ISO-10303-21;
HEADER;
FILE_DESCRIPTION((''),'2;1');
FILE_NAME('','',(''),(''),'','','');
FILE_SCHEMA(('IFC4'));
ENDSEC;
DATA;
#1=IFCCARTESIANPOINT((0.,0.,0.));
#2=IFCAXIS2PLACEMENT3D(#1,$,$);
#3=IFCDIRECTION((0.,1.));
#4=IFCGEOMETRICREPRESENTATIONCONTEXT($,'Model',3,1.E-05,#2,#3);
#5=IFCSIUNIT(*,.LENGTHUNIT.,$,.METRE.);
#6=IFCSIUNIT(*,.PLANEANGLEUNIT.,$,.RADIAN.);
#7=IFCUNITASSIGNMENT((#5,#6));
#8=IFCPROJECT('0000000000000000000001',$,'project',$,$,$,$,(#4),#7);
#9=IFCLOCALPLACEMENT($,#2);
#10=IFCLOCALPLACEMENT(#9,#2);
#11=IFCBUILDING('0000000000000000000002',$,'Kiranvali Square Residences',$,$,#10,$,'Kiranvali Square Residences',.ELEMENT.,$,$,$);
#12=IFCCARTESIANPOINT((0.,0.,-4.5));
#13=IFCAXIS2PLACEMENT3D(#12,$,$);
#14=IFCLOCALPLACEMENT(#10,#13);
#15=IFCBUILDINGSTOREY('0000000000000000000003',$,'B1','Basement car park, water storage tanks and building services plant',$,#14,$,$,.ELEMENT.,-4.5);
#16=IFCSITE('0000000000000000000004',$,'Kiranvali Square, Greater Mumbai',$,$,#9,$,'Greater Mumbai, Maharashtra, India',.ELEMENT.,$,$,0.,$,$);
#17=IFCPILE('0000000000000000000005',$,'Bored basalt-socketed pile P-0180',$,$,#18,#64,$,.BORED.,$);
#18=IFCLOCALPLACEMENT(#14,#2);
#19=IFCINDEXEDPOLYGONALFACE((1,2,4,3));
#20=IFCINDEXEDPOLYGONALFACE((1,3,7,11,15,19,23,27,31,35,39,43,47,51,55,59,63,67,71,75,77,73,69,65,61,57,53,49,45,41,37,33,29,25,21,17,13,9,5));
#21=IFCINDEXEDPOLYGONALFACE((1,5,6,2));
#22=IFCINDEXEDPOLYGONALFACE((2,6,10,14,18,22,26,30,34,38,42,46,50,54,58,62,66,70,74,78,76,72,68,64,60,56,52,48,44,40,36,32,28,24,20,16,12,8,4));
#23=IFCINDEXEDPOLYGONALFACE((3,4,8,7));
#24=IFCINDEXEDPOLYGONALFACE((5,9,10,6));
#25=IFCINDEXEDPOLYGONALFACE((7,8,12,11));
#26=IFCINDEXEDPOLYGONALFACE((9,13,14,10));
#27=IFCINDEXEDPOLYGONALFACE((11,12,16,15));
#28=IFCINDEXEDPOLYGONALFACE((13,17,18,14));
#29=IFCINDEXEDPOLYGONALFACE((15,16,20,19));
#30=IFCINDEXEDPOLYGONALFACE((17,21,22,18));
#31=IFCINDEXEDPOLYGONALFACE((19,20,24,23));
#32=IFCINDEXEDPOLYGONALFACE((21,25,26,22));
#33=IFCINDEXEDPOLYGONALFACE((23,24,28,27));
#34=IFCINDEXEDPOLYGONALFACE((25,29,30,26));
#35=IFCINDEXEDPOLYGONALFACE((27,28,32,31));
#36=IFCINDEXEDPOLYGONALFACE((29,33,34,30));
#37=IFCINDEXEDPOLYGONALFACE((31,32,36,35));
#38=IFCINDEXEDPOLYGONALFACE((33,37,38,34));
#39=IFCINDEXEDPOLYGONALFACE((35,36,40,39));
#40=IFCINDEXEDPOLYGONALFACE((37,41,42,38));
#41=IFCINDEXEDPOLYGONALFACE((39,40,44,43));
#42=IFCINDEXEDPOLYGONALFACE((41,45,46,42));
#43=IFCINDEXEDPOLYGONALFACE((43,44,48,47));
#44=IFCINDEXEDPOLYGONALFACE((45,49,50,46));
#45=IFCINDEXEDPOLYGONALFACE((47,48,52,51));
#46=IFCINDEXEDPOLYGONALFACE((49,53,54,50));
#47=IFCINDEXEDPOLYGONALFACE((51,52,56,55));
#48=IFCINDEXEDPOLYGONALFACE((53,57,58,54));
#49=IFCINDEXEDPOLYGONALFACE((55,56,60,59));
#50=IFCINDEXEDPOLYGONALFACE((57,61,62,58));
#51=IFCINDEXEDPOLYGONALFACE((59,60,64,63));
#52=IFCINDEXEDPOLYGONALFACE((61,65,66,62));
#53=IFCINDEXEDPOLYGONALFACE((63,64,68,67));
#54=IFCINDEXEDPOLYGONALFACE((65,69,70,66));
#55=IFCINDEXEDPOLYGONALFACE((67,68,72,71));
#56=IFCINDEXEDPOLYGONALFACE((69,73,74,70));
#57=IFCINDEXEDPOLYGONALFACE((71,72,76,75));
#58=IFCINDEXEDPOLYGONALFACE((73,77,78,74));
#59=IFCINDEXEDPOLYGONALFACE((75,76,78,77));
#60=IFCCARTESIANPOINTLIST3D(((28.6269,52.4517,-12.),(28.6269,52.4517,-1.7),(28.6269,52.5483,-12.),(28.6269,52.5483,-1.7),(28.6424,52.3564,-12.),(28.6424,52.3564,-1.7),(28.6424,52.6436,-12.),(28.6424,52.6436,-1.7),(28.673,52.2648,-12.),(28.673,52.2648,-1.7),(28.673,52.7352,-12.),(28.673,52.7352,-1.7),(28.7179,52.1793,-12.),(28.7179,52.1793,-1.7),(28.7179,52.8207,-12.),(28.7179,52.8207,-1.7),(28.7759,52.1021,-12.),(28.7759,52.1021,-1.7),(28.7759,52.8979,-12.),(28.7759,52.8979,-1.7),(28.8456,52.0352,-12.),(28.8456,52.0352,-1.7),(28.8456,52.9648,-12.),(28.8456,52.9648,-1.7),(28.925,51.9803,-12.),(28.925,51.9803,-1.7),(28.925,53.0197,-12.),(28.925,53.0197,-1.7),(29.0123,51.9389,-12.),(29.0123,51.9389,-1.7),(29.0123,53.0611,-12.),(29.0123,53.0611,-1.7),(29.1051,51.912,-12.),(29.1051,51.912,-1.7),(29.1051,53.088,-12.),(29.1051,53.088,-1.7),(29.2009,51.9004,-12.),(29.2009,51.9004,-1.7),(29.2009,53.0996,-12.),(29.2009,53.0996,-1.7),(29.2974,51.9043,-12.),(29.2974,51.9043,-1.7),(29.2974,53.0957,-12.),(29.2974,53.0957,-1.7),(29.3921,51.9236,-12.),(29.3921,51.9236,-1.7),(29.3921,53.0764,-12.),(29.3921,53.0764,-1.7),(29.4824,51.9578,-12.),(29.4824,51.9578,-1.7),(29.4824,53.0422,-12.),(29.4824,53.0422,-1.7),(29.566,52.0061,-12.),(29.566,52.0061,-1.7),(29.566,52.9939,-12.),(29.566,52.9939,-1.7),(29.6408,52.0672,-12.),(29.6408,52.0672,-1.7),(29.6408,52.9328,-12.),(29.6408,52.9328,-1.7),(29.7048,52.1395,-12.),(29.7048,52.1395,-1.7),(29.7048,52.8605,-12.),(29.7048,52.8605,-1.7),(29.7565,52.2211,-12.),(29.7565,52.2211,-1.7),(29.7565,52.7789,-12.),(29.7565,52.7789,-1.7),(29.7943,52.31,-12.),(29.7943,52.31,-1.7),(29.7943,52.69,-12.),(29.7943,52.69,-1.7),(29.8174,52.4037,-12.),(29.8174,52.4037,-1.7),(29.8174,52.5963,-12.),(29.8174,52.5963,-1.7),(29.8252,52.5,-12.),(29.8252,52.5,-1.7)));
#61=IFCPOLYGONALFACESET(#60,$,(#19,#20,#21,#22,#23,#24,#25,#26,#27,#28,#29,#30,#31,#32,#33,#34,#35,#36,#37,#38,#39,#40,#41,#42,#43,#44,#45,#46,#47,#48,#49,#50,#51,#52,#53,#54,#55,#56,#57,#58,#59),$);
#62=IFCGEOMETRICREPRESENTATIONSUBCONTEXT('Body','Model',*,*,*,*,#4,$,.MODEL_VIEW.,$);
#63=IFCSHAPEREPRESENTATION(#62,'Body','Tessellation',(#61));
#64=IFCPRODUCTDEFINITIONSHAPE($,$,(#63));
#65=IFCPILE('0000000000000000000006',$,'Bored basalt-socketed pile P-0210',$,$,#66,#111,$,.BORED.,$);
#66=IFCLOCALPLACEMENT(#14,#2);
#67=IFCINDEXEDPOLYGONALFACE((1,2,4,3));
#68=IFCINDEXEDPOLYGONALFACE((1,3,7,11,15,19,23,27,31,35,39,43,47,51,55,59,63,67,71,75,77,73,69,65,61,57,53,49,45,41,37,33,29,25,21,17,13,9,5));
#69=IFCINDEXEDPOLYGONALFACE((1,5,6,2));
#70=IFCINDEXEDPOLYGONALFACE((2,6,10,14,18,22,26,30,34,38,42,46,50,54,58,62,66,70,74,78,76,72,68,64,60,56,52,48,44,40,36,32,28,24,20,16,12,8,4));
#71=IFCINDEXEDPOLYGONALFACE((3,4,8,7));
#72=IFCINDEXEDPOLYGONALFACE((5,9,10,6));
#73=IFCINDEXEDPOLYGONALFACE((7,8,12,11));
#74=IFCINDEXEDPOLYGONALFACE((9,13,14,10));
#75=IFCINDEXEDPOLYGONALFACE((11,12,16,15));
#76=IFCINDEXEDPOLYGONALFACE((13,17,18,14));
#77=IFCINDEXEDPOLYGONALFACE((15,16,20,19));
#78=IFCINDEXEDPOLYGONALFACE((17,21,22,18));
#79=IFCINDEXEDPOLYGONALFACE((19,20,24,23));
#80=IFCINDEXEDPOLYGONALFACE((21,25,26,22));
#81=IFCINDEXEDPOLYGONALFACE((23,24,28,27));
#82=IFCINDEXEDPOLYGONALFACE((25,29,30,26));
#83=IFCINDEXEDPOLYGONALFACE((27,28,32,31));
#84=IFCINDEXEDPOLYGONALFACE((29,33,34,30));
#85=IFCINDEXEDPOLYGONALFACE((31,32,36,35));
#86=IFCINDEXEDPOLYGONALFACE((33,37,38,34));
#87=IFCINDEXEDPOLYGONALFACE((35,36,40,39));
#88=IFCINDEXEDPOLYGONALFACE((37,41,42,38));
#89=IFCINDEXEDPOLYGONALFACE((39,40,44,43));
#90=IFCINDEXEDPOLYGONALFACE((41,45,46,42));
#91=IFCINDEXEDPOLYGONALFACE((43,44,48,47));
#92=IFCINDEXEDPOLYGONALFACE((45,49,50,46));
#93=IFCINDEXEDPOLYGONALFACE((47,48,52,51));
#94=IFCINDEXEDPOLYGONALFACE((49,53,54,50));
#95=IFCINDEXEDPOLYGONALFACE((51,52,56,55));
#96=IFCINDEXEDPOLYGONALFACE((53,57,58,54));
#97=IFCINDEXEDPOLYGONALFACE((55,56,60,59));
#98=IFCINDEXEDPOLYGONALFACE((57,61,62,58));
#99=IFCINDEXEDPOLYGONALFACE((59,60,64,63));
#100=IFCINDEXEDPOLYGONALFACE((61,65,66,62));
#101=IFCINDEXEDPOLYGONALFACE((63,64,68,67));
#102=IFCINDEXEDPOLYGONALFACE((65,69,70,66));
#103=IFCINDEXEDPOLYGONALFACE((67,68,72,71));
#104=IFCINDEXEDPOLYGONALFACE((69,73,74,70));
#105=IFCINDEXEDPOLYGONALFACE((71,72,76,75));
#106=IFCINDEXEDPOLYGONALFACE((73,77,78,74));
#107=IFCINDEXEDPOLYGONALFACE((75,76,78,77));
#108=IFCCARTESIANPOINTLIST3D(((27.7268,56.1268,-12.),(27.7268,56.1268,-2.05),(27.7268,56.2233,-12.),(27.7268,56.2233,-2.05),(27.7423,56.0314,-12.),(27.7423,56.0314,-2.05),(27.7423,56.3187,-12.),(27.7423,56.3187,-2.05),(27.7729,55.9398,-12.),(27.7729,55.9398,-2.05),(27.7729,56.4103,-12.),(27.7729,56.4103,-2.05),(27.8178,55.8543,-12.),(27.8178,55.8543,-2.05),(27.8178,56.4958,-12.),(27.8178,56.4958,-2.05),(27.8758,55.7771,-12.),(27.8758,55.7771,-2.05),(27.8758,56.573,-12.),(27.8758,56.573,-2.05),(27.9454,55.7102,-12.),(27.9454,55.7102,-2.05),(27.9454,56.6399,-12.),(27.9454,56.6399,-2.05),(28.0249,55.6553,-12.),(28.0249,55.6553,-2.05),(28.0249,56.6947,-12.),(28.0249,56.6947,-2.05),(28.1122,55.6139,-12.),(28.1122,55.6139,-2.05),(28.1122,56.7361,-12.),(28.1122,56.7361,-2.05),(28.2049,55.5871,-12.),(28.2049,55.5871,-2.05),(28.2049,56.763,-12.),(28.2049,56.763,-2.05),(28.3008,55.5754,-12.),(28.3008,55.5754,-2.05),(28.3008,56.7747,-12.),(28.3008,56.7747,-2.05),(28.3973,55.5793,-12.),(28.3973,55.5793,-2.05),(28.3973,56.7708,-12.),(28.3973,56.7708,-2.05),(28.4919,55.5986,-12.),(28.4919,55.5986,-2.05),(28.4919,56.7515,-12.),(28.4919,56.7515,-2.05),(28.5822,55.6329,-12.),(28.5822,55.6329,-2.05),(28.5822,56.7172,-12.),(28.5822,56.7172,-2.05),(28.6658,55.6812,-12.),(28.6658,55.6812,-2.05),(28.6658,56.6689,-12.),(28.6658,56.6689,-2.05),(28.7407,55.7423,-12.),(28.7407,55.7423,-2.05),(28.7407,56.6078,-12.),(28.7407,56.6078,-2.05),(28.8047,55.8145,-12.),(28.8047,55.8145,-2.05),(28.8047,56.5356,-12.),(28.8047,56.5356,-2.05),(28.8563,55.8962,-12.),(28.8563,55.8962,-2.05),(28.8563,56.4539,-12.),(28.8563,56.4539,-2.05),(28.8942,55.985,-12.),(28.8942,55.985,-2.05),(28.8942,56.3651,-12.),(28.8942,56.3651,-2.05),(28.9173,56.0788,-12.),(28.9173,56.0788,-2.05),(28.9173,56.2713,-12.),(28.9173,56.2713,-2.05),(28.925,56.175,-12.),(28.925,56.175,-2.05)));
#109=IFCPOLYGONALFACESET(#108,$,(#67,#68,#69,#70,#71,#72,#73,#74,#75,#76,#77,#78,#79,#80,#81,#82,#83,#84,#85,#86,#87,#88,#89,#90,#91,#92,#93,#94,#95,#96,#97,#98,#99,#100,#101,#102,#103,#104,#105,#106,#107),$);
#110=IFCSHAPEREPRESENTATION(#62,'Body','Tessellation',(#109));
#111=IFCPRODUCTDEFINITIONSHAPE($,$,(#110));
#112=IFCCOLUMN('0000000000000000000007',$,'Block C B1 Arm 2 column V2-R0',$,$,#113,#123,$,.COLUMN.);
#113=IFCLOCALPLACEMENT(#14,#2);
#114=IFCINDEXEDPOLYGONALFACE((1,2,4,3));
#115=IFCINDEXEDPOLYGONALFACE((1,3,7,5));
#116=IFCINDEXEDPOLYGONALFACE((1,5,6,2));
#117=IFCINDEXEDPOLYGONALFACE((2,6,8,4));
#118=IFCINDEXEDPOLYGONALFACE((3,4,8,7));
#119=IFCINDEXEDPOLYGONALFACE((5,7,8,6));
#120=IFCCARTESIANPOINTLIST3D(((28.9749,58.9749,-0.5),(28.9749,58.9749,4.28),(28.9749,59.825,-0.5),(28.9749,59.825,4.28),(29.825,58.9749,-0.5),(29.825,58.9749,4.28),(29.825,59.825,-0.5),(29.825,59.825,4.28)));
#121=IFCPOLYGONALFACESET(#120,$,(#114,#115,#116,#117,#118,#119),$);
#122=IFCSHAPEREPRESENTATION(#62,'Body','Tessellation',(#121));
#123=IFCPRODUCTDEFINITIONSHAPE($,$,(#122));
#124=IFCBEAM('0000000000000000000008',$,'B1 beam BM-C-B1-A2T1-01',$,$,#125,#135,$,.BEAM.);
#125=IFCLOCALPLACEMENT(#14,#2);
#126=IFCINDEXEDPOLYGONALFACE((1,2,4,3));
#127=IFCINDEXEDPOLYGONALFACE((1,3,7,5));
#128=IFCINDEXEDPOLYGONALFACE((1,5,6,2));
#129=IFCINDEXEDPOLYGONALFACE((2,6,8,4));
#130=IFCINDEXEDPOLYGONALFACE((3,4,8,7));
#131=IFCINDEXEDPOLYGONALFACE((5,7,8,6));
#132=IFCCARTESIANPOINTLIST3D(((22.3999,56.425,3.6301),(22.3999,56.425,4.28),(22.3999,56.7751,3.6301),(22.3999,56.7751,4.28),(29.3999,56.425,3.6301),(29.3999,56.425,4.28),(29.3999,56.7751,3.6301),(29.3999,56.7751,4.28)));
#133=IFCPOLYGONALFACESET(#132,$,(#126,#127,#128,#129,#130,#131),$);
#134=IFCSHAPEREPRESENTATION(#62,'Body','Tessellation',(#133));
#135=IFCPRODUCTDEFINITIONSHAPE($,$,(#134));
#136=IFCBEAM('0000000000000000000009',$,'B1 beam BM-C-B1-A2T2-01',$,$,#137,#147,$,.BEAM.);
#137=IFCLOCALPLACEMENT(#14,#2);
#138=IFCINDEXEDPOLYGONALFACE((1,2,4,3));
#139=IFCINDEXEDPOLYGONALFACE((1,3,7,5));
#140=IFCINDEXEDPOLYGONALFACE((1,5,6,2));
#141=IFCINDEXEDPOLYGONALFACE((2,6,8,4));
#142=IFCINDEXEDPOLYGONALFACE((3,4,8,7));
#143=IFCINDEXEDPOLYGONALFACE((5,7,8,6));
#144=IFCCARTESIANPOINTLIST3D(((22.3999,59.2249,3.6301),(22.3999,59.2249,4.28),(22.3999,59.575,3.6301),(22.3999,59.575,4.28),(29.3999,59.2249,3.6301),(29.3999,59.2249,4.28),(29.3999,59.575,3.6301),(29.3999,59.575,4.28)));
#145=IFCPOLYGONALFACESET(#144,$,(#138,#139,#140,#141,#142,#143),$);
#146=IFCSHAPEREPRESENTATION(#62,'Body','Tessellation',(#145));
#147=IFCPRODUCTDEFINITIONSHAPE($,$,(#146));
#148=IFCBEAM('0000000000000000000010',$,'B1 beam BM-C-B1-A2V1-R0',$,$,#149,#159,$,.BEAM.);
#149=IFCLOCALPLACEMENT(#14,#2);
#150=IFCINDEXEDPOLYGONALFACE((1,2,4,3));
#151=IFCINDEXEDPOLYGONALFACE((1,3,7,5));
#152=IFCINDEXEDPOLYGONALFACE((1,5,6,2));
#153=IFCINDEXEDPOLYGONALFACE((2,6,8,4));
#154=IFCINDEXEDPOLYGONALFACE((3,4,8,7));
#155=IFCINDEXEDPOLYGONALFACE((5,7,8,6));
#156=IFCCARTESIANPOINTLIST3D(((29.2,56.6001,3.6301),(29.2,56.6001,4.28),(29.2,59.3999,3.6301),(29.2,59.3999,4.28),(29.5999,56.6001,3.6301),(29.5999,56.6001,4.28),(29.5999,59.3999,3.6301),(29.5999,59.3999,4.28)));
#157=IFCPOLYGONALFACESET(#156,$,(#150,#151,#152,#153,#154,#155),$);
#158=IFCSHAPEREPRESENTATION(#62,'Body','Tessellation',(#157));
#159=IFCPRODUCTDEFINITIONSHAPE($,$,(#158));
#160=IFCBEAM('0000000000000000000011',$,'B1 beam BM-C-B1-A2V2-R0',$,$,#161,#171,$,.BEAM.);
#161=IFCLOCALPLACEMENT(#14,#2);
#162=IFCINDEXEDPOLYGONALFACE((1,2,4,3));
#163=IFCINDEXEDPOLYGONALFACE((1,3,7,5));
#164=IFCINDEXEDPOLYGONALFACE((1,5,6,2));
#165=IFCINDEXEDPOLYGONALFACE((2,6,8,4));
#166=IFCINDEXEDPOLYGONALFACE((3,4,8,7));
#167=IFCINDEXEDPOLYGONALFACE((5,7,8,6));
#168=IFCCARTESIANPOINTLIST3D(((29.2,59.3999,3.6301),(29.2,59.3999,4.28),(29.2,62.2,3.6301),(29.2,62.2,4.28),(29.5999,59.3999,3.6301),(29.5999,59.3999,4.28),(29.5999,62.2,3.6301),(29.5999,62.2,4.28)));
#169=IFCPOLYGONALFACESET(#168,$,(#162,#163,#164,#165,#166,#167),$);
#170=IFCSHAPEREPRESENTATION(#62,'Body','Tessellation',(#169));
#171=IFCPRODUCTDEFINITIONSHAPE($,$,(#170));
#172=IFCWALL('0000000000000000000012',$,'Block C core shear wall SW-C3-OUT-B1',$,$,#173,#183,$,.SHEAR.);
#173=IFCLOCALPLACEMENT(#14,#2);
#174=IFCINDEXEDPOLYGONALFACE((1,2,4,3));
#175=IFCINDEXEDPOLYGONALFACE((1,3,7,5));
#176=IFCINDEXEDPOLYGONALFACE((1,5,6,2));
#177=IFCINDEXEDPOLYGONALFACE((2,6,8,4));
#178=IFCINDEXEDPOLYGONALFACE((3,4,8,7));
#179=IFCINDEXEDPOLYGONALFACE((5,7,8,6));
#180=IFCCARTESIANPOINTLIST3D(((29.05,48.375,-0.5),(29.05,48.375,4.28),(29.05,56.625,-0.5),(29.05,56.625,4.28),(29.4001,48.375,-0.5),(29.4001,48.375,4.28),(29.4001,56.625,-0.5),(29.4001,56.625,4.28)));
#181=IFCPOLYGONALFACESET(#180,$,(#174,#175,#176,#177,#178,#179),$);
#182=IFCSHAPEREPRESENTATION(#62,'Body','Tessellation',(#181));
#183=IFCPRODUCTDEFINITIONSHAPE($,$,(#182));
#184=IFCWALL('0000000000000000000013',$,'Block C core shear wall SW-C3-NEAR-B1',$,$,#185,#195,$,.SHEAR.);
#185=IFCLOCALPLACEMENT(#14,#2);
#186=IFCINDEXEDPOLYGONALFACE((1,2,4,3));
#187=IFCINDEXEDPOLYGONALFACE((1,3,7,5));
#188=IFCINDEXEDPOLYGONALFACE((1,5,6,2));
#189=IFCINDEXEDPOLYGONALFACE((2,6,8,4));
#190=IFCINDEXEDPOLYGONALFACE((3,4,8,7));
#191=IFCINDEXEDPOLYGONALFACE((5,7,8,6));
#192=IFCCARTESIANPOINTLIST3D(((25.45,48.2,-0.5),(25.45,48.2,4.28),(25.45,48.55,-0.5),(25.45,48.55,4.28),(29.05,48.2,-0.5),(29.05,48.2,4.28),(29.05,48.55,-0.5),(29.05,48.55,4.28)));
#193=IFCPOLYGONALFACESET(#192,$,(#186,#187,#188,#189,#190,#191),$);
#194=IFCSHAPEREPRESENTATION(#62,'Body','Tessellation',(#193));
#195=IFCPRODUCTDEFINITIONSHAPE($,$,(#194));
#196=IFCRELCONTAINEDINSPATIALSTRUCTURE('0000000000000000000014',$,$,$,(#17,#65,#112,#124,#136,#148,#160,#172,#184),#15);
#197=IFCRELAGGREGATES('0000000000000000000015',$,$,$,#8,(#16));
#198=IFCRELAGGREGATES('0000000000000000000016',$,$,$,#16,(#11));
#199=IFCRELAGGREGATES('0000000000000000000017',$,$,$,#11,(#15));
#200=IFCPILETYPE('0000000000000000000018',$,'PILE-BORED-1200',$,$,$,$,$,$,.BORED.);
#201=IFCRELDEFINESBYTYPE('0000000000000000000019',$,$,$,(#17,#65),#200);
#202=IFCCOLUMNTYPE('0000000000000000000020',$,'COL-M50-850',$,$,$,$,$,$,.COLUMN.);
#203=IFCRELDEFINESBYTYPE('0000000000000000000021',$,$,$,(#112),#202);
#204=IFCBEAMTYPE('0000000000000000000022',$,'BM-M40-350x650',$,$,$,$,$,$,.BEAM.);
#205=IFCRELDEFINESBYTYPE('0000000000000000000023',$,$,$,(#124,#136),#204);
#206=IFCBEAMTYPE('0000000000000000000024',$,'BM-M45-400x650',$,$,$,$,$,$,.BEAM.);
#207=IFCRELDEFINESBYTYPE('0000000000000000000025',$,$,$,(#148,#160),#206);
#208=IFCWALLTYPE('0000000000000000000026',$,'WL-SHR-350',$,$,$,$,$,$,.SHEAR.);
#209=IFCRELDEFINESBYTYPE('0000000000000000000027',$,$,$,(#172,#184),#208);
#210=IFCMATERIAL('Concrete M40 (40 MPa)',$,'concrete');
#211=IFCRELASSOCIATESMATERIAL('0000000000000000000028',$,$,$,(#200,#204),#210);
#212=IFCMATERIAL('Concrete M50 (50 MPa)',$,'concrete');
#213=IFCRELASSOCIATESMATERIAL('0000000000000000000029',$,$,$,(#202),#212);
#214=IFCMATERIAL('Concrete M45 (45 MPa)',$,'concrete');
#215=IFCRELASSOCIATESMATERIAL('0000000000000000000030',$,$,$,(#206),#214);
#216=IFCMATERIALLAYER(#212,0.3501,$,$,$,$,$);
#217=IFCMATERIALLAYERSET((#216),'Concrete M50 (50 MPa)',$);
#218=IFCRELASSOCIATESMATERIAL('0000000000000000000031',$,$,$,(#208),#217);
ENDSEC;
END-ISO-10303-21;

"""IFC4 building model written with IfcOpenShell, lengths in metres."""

from ifc_helpers import new_model, si_unit, direction, frame, frame_2d, origin, origin_2d, place, context, subcontext, project, spatial, rectangle, circle, extrude, material, layer, layer_set, material_profile, profile_set, type_object, element, save


model = new_model("IFC4")

# Units and contexts
model_context = context("Model", 3, precision=1e-05, world=origin(), true_north=direction((0.0, 1.0)))
body_context = subcontext(model_context, "Body", "Model", "MODEL_VIEW")
ifc_project = project(units=[si_unit("LENGTHUNIT", "METRE"), si_unit("PLANEANGLEUNIT", "RADIAN")], contexts=[model_context])

# Site, building, storey
site_placement = place(None, origin())
site = spatial("IfcSite", under=ifc_project, at=site_placement, Name="Kiranvali Square, Greater Mumbai", LongName="Greater Mumbai, Maharashtra, India", CompositionType="ELEMENT", RefElevation=0.0)
building_placement = place(site_placement, origin())
building = spatial("IfcBuilding", under=site, at=building_placement, Name="Kiranvali Square Residences", LongName="Kiranvali Square Residences", CompositionType="ELEMENT")
storey_placement = place(building_placement, frame((0.0, 0.0, -4.5)))
storey = spatial("IfcBuildingStorey", under=building, at=storey_placement, Name="B1", Description="Basement car park, water storage tanks and building services plant", CompositionType="ELEMENT", Elevation=-4.5)

# Shared definitions
ifc_material_1 = material(Name="Concrete M40 (40 MPa)", Category="concrete")

# Piles
ifc_material_profile_1 = material_profile(ifc_material_1, circle(Radius=0.6001, at=origin_2d()), Name="BORED PILE 1200")
ifc_profile_set_1 = profile_set([ifc_material_profile_1], Name="Concrete M40 (40 MPa)")
pile_type = type_object("IfcPileType", Name="PILE-BORED-1200", PredefinedType="BORED", material=ifc_profile_set_1)
for number, where, z_axis, x_axis, name in (
    (1, (29.2251, 52.5, -1.7), (0.0, 0.0, -1.0), (1.0, 0.0, 0.0), "Bored basalt-socketed pile P-0180"),
):
    element("IfcPile", number, at=place(storey_placement, frame(where, z_axis=z_axis, x_axis=x_axis)), inside=storey, type_object=pile_type, Name=name, PredefinedType="BORED", context=body_context, shape_type="SweptSolid", body=[
        extrude(circle(Radius=0.6001, at=origin_2d()), origin(), (0.0, 0.0, 1.0), 10.3),
    ])
pile_placement = place(storey_placement, frame((28.325, 56.175, -2.05), z_axis=(0.0, 0.0, -1.0), x_axis=(1.0, 0.0, 0.0)))
element("IfcPile", 2, at=pile_placement, inside=storey, type_object=pile_type, Name="Bored basalt-socketed pile P-0210", PredefinedType="BORED", context=body_context, shape_type="SweptSolid", body=[
    extrude(circle(Radius=0.6001, at=origin_2d()), origin(), (0.0, 0.0, 1.0), 9.95),
])

# Column
ifc_material_2 = material(Name="Concrete M50 (50 MPa)", Category="concrete")
ifc_material_profile_2 = material_profile(ifc_material_2, rectangle(XDim=0.8501, YDim=0.8501, at=origin_2d()), Name="RC 850x850")
ifc_profile_set_2 = profile_set([ifc_material_profile_2], Name="Concrete M50 (50 MPa)")
column_type = type_object("IfcColumnType", Name="COL-M50-850", PredefinedType="COLUMN", material=ifc_profile_set_2)
column_placement = place(storey_placement, frame((29.3999, 59.3999, -0.5), z_axis=(0.0, 0.0, 1.0), x_axis=(1.0, 0.0, 0.0)))
element("IfcColumn", 3, at=column_placement, inside=storey, type_object=column_type, Name="Block C B1 Arm 2 column V2-R0", PredefinedType="COLUMN", context=body_context, shape_type="SweptSolid", body=[
    extrude(rectangle(XDim=0.8501, YDim=0.8501, at=origin_2d()), origin(), (0.0, 0.0, 1.0), 4.78),
])

# Beams
ifc_material_profile_3 = material_profile(ifc_material_1, rectangle(XDim=0.3501, YDim=0.6499, at=origin_2d()), Name="RC 350x650")
ifc_profile_set_3 = profile_set([ifc_material_profile_3], Name="Concrete M40 (40 MPa)")
beam_type_1 = type_object("IfcBeamType", Name="BM-M40-350x650", PredefinedType="BEAM", material=ifc_profile_set_3)
for number, where, z_axis, x_axis, name in (
    (4, (29.3999, 56.6001, 3.9551), (-1.0, 0.0, 0.0), (0.0, -1.0, 0.0), "B1 beam BM-C-B1-A2T1-01"),
    (5, (29.3999, 59.3999, 3.9551), (-1.0, 0.0, 0.0), (0.0, -1.0, 0.0), "B1 beam BM-C-B1-A2T2-01"),
):
    element("IfcBeam", number, at=place(storey_placement, frame(where, z_axis=z_axis, x_axis=x_axis)), inside=storey, type_object=beam_type_1, Name=name, PredefinedType="BEAM", context=body_context, shape_type="SweptSolid", body=[
        extrude(rectangle(XDim=0.3501, YDim=0.6499, at=origin_2d()), origin(), (0.0, 0.0, 1.0), 7.0),
    ])
ifc_material_3 = material(Name="Concrete M45 (45 MPa)", Category="concrete")
ifc_material_profile_4 = material_profile(ifc_material_3, rectangle(XDim=0.3999, YDim=0.6499, at=origin_2d()), Name="RC 400x650")
ifc_profile_set_4 = profile_set([ifc_material_profile_4], Name="Concrete M45 (45 MPa)")
beam_type_2 = type_object("IfcBeamType", Name="BM-M45-400x650", PredefinedType="BEAM", material=ifc_profile_set_4)
beam_1_placement = place(storey_placement, frame((29.3999, 56.6001, 3.9551), z_axis=(0.0, 1.0, 0.0), x_axis=(-1.0, 0.0, 0.0)))
element("IfcBeam", 6, at=beam_1_placement, inside=storey, type_object=beam_type_2, Name="B1 beam BM-C-B1-A2V1-R0", PredefinedType="BEAM", context=body_context, shape_type="SweptSolid", body=[
    extrude(rectangle(XDim=0.3999, YDim=0.6499, at=origin_2d()), origin(), (0.0, 0.0, 1.0), 2.7998),
])
beam_2_placement = place(storey_placement, frame((29.3999, 59.3999, 3.9551), z_axis=(0.0, 1.0, 0.0), x_axis=(-1.0, 0.0, 0.0)))
element("IfcBeam", 7, at=beam_2_placement, inside=storey, type_object=beam_type_2, Name="B1 beam BM-C-B1-A2V2-R0", PredefinedType="BEAM", context=body_context, shape_type="SweptSolid", body=[
    extrude(rectangle(XDim=0.3999, YDim=0.6499, at=origin_2d()), origin(), (0.0, 0.0, 1.0), 2.8),
])

# Walls
ifc_layer = layer(ifc_material_2, 0.3501)
ifc_layer_set = layer_set([ifc_layer], Name="Concrete M50 (50 MPa)")
wall_type = type_object("IfcWallType", Name="WL-SHR-350", PredefinedType="SHEAR", material=ifc_layer_set)
wall_placement = place(storey_placement, frame((29.2251, 48.375, -0.5), z_axis=(0.0, 0.0, 1.0), x_axis=(0.0, 1.0, 0.0)))
element("IfcWall", 8, at=wall_placement, inside=storey, type_object=wall_type, Name="Block C core shear wall SW-C3-OUT-B1", PredefinedType="SHEAR", context=body_context, shape_type="SweptSolid", body=[
    extrude(rectangle(XDim=8.25, YDim=0.3501, at=frame_2d((4.125, 0.0))), origin(), (0.0, 0.0, 1.0), 4.78),
])
for number, where, z_axis, x_axis, name in (
    (9, (29.05, 48.375, -0.5), (0.0, 0.0, 1.0), (-1.0, 0.0, 0.0), "Block C core shear wall SW-C3-NEAR-B1"),
):
    element("IfcWall", number, at=place(storey_placement, frame(where, z_axis=z_axis, x_axis=x_axis)), inside=storey, type_object=wall_type, Name=name, PredefinedType="SHEAR", context=body_context, shape_type="SweptSolid", body=[
        extrude(rectangle(XDim=3.6001, YDim=0.3501, at=frame_2d((1.8, 0.0))), origin(), (0.0, 0.0, 1.0), 4.78),
    ])

save(model, "model.ifc")
